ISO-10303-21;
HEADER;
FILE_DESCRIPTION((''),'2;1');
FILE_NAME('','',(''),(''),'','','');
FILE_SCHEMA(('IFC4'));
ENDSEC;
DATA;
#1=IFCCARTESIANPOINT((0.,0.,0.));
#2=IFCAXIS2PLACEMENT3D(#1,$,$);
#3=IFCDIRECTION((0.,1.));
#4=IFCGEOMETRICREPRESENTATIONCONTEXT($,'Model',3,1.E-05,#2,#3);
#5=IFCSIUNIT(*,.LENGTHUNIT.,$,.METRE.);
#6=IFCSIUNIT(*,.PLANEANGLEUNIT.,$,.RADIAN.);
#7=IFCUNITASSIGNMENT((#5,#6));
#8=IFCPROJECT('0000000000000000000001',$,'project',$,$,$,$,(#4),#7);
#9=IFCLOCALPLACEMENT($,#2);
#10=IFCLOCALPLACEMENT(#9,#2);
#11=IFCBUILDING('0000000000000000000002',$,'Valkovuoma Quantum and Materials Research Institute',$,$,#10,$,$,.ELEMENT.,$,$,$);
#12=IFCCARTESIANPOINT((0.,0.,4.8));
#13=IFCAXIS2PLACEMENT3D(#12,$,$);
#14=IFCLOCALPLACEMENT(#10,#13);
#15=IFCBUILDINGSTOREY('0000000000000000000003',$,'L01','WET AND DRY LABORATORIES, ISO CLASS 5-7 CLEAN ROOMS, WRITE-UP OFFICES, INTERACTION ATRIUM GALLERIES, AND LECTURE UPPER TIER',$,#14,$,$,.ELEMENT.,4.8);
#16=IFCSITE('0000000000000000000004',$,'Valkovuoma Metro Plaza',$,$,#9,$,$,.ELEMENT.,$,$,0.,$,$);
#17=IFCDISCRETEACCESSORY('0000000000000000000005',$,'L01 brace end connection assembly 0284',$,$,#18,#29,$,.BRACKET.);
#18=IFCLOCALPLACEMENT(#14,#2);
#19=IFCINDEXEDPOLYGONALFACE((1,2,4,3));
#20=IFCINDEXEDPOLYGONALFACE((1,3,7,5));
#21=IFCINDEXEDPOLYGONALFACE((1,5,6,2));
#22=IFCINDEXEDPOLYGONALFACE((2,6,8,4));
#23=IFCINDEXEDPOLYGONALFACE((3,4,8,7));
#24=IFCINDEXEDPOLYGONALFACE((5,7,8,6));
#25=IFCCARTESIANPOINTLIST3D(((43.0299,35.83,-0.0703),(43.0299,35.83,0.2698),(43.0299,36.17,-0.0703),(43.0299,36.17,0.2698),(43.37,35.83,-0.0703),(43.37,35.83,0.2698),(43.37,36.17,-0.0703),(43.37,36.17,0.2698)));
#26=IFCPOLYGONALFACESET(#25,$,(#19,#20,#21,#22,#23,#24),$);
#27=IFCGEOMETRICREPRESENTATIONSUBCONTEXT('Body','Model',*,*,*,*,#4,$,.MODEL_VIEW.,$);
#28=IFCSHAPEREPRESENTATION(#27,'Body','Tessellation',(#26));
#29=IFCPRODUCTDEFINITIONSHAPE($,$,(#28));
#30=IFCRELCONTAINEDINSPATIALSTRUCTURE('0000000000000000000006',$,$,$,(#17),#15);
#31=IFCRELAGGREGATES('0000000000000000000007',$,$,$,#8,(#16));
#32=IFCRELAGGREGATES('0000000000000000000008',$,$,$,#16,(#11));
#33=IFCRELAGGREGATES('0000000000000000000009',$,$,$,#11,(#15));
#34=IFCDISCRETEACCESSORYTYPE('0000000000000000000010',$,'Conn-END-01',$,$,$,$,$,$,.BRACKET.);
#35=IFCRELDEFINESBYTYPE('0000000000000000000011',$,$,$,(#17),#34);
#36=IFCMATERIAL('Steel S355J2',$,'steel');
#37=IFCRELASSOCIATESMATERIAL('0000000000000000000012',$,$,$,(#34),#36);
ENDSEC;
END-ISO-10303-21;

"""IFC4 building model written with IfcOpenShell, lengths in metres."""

from ifc_helpers import new_model, si_unit, direction, frame, origin, origin_2d, place, context, subcontext, project, spatial, rectangle, extrude, material, type_object, element, save


model = new_model("IFC4")

# Units and contexts
model_context = context("Model", 3, precision=1e-05, world=origin(), true_north=direction((0.0, 1.0)))
body_context = subcontext(model_context, "Body", "Model", "MODEL_VIEW")
ifc_project = project(units=[si_unit("LENGTHUNIT", "METRE"), si_unit("PLANEANGLEUNIT", "RADIAN")], contexts=[model_context])

# Site, building, storey
site_placement = place(None, origin())
site = spatial("IfcSite", under=ifc_project, at=site_placement, Name="Valkovuoma Metro Plaza", CompositionType="ELEMENT", RefElevation=0.0)
building_placement = place(site_placement, origin())
building = spatial("IfcBuilding", under=site, at=building_placement, Name="Valkovuoma Quantum and Materials Research Institute", CompositionType="ELEMENT")
storey_placement = place(building_placement, frame((0.0, 0.0, 4.8)))
storey = spatial("IfcBuildingStorey", under=building, at=storey_placement, Name="L01", Description="WET AND DRY LABORATORIES, ISO CLASS 5-7 CLEAN ROOMS, WRITE-UP OFFICES, INTERACTION ATRIUM GALLERIES, AND LECTURE UPPER TIER", CompositionType="ELEMENT", Elevation=4.8)

# Discrete accessory
ifc_material_1 = material(Name="Steel S355J2", Category="steel")
discrete_accessory_type = type_object("IfcDiscreteAccessoryType", Name="Conn-END-01", PredefinedType="BRACKET", material=ifc_material_1)
discrete_accessory_placement = place(storey_placement, frame((43.2, 36.0, -0.0703), z_axis=(0.0, 0.0, 1.0), x_axis=(1.0, 0.0, 0.0)))
element("IfcDiscreteAccessory", 1, at=discrete_accessory_placement, inside=storey, type_object=discrete_accessory_type, Name="L01 brace end connection assembly 0284", PredefinedType="BRACKET", context=body_context, shape_type="SweptSolid", body=[
    extrude(rectangle(XDim=0.3401, YDim=0.3401, at=origin_2d()), origin(), (0.0, 0.0, 1.0), 0.3401),
])

save(model, "model.ifc")
